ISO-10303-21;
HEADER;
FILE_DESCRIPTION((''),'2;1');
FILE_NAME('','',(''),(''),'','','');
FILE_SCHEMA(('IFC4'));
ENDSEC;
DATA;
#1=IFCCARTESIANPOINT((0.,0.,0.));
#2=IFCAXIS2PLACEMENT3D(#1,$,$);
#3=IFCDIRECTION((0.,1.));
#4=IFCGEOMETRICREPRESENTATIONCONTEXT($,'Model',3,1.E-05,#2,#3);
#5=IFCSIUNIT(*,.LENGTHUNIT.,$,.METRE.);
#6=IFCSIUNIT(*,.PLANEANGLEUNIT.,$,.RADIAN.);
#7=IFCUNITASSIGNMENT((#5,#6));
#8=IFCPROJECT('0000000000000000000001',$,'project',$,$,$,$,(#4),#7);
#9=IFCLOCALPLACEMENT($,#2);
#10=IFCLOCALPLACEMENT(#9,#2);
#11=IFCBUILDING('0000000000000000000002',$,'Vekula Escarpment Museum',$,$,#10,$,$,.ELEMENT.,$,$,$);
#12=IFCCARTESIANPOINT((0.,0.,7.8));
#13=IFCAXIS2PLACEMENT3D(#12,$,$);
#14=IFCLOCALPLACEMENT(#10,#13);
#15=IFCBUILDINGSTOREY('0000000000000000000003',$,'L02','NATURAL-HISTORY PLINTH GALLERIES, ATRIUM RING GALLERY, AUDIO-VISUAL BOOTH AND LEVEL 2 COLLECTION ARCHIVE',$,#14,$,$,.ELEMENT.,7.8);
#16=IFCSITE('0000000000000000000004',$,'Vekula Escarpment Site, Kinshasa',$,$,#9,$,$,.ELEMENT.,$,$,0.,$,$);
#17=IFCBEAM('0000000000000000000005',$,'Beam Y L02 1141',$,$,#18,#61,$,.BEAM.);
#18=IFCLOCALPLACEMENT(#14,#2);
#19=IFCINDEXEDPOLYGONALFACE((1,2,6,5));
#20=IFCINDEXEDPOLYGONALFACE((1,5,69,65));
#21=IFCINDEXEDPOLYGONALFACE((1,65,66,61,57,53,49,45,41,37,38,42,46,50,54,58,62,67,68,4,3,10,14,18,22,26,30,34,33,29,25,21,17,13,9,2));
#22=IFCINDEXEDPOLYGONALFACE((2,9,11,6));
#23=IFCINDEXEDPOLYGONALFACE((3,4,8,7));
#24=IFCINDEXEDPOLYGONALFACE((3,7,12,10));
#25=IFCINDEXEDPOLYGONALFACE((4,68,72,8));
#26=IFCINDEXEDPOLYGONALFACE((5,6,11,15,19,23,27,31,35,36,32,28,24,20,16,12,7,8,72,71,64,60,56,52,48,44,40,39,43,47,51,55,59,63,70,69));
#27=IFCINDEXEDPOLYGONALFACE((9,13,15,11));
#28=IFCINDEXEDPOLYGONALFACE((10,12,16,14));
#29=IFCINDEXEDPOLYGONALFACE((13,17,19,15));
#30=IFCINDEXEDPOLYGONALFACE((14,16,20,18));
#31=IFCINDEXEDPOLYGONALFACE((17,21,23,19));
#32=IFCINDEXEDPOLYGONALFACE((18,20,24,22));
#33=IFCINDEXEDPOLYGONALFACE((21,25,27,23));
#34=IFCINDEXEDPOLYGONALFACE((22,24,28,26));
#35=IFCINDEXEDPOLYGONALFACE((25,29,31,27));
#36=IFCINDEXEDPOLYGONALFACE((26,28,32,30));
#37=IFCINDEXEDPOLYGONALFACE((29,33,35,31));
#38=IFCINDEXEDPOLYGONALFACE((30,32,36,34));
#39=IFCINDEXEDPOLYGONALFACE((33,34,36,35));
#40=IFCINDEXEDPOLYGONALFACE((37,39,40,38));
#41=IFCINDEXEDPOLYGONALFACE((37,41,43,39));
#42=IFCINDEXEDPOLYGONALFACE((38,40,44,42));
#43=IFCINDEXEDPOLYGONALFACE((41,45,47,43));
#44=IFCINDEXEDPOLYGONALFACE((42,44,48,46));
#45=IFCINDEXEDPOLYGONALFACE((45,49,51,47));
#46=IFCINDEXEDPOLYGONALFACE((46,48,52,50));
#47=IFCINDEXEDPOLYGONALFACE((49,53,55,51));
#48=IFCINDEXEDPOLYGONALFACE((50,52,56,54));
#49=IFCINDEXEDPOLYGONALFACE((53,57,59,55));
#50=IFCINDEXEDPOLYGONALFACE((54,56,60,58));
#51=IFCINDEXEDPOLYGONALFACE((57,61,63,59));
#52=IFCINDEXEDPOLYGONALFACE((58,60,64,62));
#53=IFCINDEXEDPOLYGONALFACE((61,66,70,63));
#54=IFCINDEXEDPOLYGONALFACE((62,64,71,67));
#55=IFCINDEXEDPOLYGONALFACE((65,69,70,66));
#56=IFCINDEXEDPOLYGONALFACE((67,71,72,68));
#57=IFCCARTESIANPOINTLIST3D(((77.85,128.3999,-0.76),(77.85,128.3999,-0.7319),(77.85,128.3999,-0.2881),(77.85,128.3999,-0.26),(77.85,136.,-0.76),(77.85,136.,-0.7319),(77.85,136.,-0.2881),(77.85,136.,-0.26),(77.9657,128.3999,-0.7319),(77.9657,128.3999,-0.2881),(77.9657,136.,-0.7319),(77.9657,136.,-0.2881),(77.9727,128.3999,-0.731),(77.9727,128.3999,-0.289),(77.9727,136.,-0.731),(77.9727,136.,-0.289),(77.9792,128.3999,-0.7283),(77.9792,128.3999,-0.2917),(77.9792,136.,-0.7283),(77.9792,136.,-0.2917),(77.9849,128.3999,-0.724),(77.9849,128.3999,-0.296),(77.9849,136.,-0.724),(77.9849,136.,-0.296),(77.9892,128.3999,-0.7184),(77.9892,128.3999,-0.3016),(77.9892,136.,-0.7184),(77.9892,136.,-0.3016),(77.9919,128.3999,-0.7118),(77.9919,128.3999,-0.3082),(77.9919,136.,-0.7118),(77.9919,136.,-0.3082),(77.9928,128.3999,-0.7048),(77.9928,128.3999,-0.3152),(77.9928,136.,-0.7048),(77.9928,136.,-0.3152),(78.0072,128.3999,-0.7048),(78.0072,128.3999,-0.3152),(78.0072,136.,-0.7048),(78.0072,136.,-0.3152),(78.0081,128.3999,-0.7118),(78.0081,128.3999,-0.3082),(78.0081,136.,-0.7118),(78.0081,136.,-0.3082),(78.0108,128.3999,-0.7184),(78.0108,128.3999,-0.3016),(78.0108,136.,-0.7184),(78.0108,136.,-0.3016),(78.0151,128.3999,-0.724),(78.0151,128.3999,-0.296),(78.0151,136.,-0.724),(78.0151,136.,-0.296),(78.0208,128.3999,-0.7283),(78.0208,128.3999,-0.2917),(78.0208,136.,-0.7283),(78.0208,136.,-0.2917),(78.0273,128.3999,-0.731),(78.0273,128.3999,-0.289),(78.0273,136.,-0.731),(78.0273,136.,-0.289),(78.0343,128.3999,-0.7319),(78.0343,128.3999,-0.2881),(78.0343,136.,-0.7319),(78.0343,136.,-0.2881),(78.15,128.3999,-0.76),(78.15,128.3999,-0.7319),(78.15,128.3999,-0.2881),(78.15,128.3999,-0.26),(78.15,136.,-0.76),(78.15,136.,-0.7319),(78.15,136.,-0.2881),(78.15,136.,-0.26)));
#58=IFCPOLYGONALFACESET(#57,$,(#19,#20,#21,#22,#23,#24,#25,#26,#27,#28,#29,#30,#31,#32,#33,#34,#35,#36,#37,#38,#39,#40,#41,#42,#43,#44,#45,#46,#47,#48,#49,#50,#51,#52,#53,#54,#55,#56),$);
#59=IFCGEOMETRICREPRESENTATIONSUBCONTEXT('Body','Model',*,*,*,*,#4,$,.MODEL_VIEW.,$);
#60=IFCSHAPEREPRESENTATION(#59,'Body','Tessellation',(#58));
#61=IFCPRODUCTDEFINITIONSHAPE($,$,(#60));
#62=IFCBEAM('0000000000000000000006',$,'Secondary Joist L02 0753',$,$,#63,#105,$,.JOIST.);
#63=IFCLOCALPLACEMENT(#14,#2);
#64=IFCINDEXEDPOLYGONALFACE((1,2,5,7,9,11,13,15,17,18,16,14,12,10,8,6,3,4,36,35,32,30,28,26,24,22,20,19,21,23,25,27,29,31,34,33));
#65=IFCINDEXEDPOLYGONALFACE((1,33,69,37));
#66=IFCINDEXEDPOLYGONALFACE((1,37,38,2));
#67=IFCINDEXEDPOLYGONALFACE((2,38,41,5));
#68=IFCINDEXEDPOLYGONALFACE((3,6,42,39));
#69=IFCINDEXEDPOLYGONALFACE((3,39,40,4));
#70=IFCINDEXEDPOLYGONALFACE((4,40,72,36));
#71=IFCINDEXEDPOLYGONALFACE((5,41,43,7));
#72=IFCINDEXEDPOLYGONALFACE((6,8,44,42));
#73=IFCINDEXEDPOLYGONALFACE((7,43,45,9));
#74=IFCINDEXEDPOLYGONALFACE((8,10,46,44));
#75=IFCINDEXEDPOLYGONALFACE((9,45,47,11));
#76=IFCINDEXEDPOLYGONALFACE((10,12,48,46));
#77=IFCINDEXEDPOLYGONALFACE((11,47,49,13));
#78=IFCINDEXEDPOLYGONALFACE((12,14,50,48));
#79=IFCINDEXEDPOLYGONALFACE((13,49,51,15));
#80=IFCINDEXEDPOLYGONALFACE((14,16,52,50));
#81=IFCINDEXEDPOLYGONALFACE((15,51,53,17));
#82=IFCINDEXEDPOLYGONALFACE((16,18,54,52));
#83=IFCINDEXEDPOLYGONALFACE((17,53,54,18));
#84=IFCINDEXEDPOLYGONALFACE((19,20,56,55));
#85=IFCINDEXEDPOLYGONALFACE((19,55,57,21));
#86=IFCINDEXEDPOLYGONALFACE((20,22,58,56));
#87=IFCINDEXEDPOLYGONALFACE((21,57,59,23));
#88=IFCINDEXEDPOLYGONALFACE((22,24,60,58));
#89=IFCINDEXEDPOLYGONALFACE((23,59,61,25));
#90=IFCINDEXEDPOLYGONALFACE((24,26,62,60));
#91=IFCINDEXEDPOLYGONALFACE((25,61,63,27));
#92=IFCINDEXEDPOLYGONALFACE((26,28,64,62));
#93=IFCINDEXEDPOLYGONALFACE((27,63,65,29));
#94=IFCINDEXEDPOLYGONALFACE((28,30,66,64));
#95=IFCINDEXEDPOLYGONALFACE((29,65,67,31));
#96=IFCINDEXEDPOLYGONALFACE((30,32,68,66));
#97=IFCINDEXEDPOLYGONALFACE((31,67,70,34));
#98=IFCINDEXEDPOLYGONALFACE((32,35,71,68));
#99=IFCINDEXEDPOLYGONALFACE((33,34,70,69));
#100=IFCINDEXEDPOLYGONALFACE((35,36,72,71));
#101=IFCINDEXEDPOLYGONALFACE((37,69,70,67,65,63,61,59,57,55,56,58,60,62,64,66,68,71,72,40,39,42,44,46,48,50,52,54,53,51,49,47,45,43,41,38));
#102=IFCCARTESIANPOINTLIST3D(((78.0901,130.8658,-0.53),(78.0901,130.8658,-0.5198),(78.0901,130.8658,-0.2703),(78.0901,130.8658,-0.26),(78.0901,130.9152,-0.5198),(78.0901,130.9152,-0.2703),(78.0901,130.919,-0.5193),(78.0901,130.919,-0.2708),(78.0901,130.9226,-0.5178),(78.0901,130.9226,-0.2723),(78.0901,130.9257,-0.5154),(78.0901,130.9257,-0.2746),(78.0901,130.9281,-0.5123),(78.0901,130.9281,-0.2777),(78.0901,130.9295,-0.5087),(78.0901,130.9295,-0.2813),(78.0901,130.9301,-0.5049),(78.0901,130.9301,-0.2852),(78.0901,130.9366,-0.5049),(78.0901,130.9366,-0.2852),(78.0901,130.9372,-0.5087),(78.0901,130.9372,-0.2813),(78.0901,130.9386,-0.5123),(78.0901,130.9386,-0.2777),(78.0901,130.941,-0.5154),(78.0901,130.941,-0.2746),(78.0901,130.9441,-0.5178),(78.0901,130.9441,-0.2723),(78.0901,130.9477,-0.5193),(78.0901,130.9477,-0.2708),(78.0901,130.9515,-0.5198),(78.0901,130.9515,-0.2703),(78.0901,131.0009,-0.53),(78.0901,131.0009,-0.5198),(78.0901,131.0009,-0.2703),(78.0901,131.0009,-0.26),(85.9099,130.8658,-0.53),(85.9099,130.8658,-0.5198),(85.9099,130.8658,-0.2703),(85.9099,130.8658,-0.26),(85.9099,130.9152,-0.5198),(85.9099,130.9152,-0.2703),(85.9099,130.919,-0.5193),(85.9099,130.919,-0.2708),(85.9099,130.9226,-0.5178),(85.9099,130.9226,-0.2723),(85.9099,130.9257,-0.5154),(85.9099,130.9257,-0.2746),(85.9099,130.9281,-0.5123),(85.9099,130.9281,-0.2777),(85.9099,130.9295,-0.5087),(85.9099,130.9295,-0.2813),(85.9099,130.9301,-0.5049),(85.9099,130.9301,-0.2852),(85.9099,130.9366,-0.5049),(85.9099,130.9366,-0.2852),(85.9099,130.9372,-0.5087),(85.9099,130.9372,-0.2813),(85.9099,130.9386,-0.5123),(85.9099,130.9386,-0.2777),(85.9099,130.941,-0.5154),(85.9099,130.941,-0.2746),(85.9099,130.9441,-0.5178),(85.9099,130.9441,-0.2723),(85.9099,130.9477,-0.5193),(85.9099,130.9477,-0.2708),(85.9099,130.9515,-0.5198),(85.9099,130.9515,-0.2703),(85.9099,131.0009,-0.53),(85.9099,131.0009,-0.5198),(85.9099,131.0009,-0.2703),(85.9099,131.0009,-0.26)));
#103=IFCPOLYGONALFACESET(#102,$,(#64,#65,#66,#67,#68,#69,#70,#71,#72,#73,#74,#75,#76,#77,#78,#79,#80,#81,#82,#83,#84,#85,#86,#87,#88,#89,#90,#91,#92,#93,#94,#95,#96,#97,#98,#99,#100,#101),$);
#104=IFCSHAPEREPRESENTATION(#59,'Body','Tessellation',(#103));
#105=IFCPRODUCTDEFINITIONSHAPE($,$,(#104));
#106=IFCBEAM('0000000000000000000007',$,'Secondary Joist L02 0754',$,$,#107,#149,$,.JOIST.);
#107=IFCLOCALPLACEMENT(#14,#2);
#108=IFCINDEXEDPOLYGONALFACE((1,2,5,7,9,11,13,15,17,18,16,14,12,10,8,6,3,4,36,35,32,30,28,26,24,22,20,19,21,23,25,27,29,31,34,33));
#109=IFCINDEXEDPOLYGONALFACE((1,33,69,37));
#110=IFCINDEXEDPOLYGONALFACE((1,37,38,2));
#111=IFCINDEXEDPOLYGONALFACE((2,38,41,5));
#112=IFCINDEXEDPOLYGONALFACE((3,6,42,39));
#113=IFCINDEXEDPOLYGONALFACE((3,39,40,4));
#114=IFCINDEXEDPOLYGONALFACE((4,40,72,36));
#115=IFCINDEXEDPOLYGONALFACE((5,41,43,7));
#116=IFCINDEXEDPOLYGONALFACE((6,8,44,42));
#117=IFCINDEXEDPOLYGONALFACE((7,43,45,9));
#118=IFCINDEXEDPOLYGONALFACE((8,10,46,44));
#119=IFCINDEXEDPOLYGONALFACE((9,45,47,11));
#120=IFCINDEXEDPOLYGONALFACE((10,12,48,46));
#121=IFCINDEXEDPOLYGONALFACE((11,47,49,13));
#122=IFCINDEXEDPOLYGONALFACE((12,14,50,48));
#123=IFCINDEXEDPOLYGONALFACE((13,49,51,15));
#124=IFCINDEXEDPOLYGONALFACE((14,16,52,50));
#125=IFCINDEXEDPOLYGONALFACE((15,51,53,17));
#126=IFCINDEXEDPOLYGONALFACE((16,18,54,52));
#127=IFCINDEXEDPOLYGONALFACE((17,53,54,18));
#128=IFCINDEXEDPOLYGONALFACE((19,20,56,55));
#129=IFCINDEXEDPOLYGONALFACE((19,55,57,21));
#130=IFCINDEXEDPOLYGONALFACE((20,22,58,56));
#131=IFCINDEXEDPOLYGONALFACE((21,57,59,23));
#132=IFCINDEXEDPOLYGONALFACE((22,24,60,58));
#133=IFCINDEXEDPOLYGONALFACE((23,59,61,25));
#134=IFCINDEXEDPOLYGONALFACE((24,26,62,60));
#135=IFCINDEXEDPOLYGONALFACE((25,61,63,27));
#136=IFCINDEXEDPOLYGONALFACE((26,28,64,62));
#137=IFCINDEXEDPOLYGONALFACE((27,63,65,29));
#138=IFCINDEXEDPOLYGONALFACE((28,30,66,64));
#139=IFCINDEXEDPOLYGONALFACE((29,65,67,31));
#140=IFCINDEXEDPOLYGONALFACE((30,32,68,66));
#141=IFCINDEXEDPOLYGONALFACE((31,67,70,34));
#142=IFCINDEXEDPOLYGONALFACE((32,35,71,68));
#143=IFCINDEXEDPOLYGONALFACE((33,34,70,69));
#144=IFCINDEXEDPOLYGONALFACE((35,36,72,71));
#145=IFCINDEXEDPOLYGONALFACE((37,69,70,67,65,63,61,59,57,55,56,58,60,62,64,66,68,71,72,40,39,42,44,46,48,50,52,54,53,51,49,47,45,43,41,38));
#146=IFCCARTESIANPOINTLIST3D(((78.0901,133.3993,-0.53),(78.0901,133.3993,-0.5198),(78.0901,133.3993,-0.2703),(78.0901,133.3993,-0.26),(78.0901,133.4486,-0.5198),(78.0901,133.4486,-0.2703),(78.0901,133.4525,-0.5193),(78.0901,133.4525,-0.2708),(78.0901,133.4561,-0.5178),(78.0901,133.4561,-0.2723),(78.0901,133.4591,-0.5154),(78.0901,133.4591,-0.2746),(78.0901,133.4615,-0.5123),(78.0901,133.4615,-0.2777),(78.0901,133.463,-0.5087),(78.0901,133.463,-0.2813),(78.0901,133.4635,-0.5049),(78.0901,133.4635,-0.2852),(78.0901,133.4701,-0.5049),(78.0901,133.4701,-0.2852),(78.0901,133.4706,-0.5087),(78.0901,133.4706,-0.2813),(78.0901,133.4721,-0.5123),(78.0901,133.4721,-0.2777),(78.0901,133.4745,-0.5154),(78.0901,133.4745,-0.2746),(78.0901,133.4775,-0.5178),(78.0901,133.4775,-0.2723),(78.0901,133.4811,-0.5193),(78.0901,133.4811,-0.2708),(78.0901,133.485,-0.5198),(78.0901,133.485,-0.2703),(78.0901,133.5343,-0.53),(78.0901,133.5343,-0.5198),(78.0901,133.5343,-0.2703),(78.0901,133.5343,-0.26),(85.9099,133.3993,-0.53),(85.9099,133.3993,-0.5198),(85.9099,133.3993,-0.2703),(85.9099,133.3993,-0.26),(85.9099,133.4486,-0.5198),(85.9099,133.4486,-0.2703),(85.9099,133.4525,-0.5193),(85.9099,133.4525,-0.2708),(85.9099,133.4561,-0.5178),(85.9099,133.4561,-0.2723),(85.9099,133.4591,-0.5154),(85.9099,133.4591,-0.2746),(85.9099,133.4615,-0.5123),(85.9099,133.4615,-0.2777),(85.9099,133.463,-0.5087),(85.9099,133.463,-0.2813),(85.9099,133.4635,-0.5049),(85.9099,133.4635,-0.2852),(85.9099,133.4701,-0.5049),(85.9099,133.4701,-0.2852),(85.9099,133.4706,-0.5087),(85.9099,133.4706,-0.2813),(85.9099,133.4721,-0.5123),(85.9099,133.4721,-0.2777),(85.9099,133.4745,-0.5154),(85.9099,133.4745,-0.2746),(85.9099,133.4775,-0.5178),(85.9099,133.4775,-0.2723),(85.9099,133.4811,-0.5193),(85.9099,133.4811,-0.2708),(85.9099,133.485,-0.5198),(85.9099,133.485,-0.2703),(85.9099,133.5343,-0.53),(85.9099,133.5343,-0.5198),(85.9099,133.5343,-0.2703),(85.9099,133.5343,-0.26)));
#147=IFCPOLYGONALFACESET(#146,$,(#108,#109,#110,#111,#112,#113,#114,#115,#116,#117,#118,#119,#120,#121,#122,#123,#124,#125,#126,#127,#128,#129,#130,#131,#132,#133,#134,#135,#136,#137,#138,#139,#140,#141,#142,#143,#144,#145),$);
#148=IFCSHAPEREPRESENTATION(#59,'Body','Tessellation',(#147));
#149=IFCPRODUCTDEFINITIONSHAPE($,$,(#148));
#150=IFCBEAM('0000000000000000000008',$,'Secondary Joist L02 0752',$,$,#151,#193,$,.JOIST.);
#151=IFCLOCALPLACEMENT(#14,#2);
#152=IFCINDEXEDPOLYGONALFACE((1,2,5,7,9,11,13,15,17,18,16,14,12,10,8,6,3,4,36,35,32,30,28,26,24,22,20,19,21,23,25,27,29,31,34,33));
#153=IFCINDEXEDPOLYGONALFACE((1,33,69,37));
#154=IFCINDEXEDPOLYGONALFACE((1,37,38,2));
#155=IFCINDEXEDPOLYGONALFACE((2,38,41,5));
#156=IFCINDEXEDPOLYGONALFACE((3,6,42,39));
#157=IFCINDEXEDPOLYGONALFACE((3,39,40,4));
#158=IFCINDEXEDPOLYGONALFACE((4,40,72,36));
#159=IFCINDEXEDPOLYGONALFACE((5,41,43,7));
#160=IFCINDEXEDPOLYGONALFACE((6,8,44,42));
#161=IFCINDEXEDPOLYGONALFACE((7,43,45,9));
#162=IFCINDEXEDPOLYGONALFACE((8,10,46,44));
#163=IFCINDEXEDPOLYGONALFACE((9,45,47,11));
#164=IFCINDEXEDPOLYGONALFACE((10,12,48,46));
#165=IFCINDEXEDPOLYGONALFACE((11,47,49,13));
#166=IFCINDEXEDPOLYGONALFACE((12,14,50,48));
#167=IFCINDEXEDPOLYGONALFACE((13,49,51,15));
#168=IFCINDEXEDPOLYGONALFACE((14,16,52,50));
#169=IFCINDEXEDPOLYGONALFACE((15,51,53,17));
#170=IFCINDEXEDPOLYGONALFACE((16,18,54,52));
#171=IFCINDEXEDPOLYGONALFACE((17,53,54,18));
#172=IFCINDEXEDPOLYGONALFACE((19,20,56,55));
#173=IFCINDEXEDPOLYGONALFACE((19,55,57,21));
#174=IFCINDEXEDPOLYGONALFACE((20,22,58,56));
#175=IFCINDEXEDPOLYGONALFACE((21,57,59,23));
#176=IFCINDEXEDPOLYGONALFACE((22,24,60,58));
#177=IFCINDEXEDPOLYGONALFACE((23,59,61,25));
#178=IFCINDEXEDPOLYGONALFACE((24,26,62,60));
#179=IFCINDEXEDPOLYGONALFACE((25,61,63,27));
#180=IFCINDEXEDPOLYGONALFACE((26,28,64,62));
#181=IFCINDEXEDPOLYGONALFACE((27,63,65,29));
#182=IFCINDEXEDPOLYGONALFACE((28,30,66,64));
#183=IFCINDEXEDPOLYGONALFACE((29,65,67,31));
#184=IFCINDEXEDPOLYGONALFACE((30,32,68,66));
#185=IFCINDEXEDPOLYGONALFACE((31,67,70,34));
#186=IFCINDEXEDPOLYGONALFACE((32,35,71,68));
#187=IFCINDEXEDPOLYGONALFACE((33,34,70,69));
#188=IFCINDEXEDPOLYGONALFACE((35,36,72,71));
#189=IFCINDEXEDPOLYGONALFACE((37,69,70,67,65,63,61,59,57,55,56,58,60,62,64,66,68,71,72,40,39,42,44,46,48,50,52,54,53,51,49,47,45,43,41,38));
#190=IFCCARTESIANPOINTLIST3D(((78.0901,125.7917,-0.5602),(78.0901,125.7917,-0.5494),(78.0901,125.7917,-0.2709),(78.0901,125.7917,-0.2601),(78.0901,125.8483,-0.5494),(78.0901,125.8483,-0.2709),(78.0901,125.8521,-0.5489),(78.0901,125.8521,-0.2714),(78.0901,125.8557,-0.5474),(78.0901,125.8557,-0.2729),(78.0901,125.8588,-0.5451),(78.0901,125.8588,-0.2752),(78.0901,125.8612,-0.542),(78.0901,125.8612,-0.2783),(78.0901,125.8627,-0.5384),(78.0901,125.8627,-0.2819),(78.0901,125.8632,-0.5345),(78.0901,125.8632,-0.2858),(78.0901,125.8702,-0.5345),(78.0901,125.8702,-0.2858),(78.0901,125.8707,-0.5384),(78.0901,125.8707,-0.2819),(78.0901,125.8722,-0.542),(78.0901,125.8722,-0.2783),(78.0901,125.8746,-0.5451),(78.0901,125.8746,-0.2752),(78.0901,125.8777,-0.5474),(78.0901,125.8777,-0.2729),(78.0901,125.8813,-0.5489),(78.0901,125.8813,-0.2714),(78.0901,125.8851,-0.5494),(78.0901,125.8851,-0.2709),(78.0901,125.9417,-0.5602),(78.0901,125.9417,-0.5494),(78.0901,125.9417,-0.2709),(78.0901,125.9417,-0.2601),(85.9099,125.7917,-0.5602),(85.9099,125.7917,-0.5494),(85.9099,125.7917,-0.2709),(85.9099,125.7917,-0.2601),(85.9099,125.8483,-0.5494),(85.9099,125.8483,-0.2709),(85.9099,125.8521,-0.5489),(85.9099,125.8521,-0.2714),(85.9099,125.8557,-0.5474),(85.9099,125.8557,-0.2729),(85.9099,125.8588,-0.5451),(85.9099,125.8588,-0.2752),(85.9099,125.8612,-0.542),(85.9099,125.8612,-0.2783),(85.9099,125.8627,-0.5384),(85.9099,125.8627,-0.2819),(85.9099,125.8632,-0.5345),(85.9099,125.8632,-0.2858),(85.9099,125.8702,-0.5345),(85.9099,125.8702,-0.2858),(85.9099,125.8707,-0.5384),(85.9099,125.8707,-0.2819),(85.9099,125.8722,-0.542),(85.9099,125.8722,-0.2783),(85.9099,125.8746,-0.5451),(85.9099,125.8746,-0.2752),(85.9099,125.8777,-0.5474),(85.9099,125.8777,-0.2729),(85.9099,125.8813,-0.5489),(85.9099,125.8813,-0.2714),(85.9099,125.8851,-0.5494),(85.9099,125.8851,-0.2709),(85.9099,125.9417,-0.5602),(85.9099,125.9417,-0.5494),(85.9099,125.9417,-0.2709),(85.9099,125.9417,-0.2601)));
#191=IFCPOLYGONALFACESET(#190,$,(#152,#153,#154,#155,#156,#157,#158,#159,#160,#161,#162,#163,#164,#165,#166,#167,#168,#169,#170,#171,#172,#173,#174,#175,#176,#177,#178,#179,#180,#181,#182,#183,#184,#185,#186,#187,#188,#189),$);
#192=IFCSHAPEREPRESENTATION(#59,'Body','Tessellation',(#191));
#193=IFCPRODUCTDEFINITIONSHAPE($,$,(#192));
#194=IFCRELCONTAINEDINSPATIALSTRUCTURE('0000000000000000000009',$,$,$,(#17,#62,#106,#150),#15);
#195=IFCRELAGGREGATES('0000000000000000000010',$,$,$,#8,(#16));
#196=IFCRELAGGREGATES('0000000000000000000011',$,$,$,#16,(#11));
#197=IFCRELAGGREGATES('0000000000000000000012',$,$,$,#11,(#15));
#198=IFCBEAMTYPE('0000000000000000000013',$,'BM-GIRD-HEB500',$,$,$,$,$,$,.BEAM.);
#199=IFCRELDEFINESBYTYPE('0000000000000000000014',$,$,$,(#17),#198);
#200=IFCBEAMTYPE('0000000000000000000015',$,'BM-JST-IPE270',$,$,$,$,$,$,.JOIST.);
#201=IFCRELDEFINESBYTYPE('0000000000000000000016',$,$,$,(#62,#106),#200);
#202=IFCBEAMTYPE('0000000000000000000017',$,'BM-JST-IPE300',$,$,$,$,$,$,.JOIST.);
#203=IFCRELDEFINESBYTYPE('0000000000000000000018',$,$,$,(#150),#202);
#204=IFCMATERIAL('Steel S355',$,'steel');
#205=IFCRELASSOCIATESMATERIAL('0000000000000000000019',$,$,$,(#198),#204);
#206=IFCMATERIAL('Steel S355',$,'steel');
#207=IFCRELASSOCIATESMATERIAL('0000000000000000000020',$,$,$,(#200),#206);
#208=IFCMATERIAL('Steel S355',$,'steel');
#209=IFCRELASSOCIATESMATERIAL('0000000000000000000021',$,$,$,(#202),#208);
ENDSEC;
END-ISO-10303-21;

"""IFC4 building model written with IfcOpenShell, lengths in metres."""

from ifc_helpers import new_model, si_unit, direction, frame, origin, origin_2d, place, context, subcontext, project, spatial, i_section, extrude, material, material_profile, profile_set, type_object, element, save


model = new_model("IFC4")

# Units and contexts
model_context = context("Model", 3, precision=1e-05, world=origin(), true_north=direction((0.0, 1.0)))
body_context = subcontext(model_context, "Body", "Model", "MODEL_VIEW")
ifc_project = project(units=[si_unit("LENGTHUNIT", "METRE"), si_unit("PLANEANGLEUNIT", "RADIAN")], contexts=[model_context])

# Site, building, storey
site_placement = place(None, origin())
site = spatial("IfcSite", under=ifc_project, at=site_placement, Name="Vekula Escarpment Site, Kinshasa", CompositionType="ELEMENT", RefElevation=0.0)
building_placement = place(site_placement, origin())
building = spatial("IfcBuilding", under=site, at=building_placement, Name="Vekula Escarpment Museum", CompositionType="ELEMENT")
storey_placement = place(building_placement, frame((0.0, 0.0, 7.8)))
storey = spatial("IfcBuildingStorey", under=building, at=storey_placement, Name="L02", Description="NATURAL-HISTORY PLINTH GALLERIES, ATRIUM RING GALLERY, AUDIO-VISUAL BOOTH AND LEVEL 2 COLLECTION ARCHIVE", CompositionType="ELEMENT", Elevation=7.8)

# Beams
ifc_material_1 = material(Name="Steel S355", Category="steel")
ifc_material_profile_1 = material_profile(ifc_material_1, i_section(OverallWidth=0.3, OverallDepth=0.5, WebThickness=0.0144, FlangeThickness=0.0281, FilletRadius=0.0271, at=origin_2d()), Name="HEB 500")
ifc_profile_set_1 = profile_set([ifc_material_profile_1], Name="Steel S355")
beam_type_1 = type_object("IfcBeamType", Name="BM-GIRD-HEB500", PredefinedType="BEAM", material=ifc_profile_set_1)
beam_1_placement = place(storey_placement, frame((78.0, 128.3999, -0.51), z_axis=(0.0, 1.0, 0.0), x_axis=(-1.0, 0.0, 0.0)))
element("IfcBeam", 1, at=beam_1_placement, inside=storey, type_object=beam_type_1, Name="Beam Y L02 1141", PredefinedType="BEAM", context=body_context, shape_type="SweptSolid", body=[
    extrude(i_section(OverallWidth=0.3, OverallDepth=0.5, WebThickness=0.0144, FlangeThickness=0.0281, FilletRadius=0.0271, at=origin_2d()), origin(), (0.0, 0.0, 1.0), 7.6001),
])
ifc_material_2 = material(Name="Steel S355", Category="steel")
ifc_material_profile_2 = material_profile(ifc_material_2, i_section(OverallWidth=0.135, OverallDepth=0.27, WebThickness=0.0066, FlangeThickness=0.0103, FilletRadius=0.0149, at=origin_2d()), Name="IPE 270")
ifc_profile_set_2 = profile_set([ifc_material_profile_2], Name="Steel S355")
beam_type_2 = type_object("IfcBeamType", Name="BM-JST-IPE270", PredefinedType="JOIST", material=ifc_profile_set_2)
for number, where, z_axis, x_axis, name in (
    (2, (78.0901, 130.9333, -0.395), (1.0, 0.0, 0.0), (0.0, 1.0, 0.0), "Secondary Joist L02 0753"),
    (3, (78.0901, 133.4668, -0.395), (1.0, 0.0, 0.0), (0.0, 1.0, 0.0), "Secondary Joist L02 0754"),
):
    element("IfcBeam", number, at=place(storey_placement, frame(where, z_axis=z_axis, x_axis=x_axis)), inside=storey, type_object=beam_type_2, Name=name, PredefinedType="JOIST", context=body_context, shape_type="SweptSolid", body=[
        extrude(i_section(OverallWidth=0.135, OverallDepth=0.27, WebThickness=0.0066, FlangeThickness=0.0103, FilletRadius=0.0149, at=origin_2d()), origin(), (0.0, 0.0, 1.0), 7.8198),
    ])
ifc_material_3 = material(Name="Steel S355", Category="steel")
ifc_material_profile_3 = material_profile(ifc_material_3, i_section(OverallWidth=0.1499, OverallDepth=0.3, WebThickness=0.0071, FlangeThickness=0.0107, FilletRadius=0.0149, at=origin_2d()), Name="IPE 300")
ifc_profile_set_3 = profile_set([ifc_material_profile_3], Name="Steel S355")
beam_type_3 = type_object("IfcBeamType", Name="BM-JST-IPE300", PredefinedType="JOIST", material=ifc_profile_set_3)
beam_2_placement = place(storey_placement, frame((78.0901, 125.8667, -0.4102), z_axis=(1.0, 0.0, 0.0), x_axis=(0.0, 1.0, 0.0)))
element("IfcBeam", 4, at=beam_2_placement, inside=storey, type_object=beam_type_3, Name="Secondary Joist L02 0752", PredefinedType="JOIST", context=body_context, shape_type="SweptSolid", body=[
    extrude(i_section(OverallWidth=0.1499, OverallDepth=0.3, WebThickness=0.0071, FlangeThickness=0.0107, FilletRadius=0.0149, at=origin_2d()), origin(), (0.0, 0.0, 1.0), 7.8198),
])

save(model, "model.ifc")
